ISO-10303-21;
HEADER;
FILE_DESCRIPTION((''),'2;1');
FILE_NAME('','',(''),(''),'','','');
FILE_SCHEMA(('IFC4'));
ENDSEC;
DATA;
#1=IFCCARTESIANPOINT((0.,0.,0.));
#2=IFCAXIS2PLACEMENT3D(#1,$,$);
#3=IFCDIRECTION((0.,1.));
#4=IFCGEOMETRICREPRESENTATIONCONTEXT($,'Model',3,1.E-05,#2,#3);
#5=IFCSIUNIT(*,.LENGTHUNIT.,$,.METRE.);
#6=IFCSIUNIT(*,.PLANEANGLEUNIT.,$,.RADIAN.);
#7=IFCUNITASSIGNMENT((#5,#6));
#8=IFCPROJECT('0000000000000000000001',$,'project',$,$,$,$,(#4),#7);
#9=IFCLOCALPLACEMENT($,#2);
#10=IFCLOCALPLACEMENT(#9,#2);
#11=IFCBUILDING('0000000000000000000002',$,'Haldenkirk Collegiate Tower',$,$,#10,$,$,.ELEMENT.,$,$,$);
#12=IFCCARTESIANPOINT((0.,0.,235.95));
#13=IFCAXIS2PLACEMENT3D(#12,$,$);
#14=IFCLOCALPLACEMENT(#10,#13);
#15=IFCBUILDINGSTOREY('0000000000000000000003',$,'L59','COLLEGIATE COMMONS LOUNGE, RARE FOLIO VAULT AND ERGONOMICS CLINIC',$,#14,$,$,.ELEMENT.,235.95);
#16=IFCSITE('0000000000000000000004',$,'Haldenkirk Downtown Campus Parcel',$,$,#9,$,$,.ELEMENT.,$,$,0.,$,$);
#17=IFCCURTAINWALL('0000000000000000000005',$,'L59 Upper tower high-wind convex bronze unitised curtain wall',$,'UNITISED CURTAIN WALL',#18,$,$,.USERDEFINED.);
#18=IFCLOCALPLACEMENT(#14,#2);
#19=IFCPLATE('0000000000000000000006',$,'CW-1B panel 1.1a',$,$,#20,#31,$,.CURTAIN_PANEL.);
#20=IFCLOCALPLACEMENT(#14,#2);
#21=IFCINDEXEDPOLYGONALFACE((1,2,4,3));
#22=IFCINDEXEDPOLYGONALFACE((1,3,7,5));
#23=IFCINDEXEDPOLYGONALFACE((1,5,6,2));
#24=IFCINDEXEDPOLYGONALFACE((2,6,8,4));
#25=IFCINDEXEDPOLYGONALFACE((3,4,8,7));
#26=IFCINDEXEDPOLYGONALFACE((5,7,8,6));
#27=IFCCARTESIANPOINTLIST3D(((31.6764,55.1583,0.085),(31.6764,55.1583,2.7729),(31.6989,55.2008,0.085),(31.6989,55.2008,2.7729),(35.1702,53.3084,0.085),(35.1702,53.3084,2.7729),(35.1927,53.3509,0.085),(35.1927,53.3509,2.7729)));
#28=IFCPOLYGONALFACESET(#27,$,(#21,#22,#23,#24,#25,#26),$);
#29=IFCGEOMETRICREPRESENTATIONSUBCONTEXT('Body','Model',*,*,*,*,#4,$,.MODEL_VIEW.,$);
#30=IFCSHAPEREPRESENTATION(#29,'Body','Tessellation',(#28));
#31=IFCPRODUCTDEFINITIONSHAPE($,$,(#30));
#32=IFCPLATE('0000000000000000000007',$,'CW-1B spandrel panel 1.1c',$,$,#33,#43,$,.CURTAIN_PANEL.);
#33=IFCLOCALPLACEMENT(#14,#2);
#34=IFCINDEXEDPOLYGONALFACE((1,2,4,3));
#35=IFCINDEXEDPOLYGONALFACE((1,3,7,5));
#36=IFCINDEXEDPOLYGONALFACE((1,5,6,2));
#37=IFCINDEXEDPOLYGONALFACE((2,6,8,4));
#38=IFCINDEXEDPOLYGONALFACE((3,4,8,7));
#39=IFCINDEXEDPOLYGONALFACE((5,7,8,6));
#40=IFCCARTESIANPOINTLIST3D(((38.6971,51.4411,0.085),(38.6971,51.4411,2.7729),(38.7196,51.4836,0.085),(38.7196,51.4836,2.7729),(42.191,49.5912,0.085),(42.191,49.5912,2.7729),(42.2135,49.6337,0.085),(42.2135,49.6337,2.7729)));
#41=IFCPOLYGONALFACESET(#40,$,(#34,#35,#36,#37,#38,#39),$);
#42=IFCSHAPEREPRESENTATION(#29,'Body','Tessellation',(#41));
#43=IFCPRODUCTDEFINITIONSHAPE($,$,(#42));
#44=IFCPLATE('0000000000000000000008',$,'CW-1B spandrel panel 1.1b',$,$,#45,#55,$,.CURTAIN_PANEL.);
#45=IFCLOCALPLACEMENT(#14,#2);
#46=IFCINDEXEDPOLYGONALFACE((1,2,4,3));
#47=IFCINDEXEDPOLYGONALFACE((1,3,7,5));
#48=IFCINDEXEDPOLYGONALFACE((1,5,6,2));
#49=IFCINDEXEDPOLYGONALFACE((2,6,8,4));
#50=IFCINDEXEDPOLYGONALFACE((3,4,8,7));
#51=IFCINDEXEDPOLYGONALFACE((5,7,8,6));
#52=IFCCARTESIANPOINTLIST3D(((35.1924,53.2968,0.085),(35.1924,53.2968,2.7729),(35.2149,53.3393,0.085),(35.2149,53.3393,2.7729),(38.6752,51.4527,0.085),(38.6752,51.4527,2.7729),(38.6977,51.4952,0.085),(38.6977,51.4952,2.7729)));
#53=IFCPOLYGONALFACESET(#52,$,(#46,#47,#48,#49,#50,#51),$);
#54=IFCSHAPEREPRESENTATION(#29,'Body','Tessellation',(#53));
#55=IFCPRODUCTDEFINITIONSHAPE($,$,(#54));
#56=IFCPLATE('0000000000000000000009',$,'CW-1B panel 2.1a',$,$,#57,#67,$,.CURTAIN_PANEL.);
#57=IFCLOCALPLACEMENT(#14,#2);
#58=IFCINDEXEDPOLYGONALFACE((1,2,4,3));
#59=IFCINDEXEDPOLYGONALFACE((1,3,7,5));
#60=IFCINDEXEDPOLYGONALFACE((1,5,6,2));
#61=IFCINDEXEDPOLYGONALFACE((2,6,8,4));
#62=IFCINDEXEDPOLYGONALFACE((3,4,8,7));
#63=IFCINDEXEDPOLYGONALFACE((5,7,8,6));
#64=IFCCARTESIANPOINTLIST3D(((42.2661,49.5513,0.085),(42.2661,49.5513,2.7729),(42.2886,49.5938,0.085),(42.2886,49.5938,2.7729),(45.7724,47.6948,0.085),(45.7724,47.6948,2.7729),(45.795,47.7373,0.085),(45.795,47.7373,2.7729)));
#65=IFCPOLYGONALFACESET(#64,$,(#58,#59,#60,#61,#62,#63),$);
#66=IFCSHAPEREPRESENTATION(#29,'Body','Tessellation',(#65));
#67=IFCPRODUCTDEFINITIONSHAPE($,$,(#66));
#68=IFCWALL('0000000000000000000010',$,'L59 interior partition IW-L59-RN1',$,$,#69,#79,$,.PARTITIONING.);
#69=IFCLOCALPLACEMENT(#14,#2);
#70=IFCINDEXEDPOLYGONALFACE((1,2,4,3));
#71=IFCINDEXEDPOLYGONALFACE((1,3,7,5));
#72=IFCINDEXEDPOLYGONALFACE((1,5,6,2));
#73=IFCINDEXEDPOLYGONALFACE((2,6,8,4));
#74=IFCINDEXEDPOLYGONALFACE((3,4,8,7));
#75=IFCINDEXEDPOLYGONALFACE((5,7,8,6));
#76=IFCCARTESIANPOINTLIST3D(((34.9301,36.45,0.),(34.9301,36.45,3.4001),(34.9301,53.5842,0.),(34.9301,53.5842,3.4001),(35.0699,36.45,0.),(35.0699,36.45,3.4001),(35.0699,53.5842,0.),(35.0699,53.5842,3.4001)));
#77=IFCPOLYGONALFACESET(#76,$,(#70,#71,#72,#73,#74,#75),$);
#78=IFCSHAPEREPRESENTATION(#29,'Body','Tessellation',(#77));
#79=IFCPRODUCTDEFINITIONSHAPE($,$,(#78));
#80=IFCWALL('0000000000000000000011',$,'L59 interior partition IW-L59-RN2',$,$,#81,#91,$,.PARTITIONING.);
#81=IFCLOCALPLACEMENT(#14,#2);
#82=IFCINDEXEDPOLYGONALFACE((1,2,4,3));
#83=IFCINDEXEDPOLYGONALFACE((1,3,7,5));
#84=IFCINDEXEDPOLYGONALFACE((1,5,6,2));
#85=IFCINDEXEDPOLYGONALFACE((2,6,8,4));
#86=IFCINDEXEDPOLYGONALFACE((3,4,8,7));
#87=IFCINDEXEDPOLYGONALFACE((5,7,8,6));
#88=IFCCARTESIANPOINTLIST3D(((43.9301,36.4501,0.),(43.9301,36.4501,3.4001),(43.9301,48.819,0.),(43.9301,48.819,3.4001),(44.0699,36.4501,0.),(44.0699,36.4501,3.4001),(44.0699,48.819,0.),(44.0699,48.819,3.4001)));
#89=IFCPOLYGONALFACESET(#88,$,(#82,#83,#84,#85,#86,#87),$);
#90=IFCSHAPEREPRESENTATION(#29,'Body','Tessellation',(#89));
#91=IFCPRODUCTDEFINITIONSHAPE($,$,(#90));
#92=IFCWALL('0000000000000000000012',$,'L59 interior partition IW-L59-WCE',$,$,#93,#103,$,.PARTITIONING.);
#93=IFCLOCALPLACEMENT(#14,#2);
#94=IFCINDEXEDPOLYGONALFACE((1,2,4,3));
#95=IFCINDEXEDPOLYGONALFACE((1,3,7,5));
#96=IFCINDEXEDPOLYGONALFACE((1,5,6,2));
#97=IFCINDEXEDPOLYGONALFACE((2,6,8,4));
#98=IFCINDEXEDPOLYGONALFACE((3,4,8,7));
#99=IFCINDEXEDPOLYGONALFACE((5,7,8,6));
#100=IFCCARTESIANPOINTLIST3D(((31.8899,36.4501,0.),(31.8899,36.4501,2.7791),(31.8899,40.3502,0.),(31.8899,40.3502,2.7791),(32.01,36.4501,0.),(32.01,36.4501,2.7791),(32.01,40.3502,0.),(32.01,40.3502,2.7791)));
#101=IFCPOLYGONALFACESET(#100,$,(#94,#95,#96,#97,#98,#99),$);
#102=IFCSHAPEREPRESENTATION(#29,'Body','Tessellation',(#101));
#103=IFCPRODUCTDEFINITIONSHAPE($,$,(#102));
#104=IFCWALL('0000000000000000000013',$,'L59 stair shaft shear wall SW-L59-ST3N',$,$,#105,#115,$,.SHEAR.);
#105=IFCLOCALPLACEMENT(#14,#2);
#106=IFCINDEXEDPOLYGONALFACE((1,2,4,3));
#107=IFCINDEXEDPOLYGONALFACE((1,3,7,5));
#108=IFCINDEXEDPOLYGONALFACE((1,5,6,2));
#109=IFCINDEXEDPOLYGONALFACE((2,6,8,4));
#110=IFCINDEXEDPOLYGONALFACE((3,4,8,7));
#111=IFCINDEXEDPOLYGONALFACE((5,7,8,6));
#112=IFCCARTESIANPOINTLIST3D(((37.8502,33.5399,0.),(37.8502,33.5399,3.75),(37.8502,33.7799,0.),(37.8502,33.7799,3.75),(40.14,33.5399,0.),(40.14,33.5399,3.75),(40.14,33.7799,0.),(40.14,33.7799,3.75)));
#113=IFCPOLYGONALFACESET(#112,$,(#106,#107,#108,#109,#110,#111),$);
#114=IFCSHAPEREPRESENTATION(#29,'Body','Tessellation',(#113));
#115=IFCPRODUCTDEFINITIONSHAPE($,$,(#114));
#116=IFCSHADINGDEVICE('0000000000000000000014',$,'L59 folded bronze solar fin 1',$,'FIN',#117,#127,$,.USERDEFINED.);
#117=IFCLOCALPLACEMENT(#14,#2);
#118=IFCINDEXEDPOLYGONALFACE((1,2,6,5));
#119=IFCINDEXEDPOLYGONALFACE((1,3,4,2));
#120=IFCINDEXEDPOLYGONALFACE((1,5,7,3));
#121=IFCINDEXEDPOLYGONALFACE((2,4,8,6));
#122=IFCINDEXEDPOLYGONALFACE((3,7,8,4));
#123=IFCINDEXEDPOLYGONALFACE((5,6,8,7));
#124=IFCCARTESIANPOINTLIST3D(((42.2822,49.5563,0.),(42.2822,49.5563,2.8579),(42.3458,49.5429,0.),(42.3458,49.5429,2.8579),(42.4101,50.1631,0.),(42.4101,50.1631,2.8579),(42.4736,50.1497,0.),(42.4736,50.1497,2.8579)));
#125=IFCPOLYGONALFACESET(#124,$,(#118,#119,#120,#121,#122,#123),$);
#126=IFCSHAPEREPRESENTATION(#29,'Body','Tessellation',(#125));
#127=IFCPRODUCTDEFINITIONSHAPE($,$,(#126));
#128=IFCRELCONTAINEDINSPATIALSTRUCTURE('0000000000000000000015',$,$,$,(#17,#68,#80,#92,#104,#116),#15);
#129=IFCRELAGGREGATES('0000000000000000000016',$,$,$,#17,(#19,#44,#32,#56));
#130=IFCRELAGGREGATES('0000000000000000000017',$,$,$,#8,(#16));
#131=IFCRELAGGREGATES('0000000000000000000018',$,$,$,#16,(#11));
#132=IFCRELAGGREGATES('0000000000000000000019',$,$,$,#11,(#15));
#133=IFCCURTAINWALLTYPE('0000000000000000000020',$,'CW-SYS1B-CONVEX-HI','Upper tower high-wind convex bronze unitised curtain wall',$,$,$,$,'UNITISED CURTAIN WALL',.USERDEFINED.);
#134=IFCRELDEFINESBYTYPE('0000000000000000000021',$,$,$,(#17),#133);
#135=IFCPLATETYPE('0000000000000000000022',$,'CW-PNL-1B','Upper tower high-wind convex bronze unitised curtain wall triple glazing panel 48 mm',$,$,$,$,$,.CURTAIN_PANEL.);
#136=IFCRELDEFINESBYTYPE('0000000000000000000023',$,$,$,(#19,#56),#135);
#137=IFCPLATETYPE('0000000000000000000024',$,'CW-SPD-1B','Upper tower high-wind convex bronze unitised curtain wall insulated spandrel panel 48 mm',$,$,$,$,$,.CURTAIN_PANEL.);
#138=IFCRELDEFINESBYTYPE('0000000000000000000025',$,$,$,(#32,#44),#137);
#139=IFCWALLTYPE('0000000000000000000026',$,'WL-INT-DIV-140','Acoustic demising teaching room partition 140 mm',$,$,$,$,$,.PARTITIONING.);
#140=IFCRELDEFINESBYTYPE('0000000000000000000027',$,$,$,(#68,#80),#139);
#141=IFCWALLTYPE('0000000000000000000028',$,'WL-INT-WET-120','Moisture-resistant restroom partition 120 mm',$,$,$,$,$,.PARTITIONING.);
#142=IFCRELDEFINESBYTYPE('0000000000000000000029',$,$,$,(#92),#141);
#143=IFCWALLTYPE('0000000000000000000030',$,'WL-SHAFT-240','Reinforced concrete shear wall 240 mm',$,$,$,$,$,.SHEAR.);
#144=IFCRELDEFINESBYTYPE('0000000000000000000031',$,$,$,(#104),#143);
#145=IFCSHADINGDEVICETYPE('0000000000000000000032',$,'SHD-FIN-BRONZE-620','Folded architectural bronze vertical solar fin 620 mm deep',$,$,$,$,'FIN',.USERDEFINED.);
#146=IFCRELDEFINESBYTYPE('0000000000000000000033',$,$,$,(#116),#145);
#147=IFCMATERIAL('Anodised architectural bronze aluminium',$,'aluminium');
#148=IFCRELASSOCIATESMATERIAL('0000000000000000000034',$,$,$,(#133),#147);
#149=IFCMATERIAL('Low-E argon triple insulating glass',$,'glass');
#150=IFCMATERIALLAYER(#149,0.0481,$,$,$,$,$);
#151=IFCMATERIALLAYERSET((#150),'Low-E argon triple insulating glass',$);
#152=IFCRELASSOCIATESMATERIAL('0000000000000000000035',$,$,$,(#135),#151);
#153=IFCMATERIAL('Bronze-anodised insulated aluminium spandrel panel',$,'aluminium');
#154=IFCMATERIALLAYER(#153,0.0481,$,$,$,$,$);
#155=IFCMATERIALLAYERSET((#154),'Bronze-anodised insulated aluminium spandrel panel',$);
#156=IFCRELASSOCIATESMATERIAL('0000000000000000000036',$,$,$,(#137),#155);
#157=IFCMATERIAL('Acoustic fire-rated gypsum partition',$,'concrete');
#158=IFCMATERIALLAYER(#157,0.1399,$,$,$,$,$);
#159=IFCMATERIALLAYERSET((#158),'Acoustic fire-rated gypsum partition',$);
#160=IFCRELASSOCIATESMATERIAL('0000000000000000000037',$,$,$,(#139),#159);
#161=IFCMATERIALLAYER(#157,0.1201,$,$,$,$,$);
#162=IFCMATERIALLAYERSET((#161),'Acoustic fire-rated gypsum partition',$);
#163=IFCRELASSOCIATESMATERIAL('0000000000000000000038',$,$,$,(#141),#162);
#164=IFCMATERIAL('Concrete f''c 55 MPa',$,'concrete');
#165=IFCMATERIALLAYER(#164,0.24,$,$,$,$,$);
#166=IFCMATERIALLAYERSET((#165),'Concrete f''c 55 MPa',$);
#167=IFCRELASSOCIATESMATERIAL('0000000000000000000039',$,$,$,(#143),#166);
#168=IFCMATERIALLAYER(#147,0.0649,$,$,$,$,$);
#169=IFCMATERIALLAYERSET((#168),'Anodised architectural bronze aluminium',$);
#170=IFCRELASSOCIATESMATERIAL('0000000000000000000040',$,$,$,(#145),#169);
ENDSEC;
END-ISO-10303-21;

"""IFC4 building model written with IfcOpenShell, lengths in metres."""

from ifc_helpers import new_model, si_unit, direction, frame, frame_2d, origin, origin_2d, place, context, subcontext, project, spatial, rectangle, extrude, source, transform, mapped, material, layer, layer_set, type_object, element, aggregate, save


model = new_model("IFC4")

# Units and contexts
model_context = context("Model", 3, precision=1e-05, world=origin(), true_north=direction((0.0, 1.0)))
body_context = subcontext(model_context, "Body", "Model", "MODEL_VIEW")
ifc_project = project(units=[si_unit("LENGTHUNIT", "METRE"), si_unit("PLANEANGLEUNIT", "RADIAN")], contexts=[model_context])

# Site, building, storey
site_placement = place(None, origin())
site = spatial("IfcSite", under=ifc_project, at=site_placement, Name="Haldenkirk Downtown Campus Parcel", CompositionType="ELEMENT", RefElevation=0.0)
building_placement = place(site_placement, origin())
building = spatial("IfcBuilding", under=site, at=building_placement, Name="Haldenkirk Collegiate Tower", CompositionType="ELEMENT")
storey_placement = place(building_placement, frame((0.0, 0.0, 235.95)))
storey = spatial("IfcBuildingStorey", under=building, at=storey_placement, Name="L59", Description="COLLEGIATE COMMONS LOUNGE, RARE FOLIO VAULT AND ERGONOMICS CLINIC", CompositionType="ELEMENT", Elevation=235.95)

# Curtain wall
ifc_material_1 = material(Name="Anodised architectural bronze aluminium", Category="aluminium")
curtain_wall_type = type_object("IfcCurtainWallType", Name="CW-SYS1B-CONVEX-HI", Description="Upper tower high-wind convex bronze unitised curtain wall", ElementType="UNITISED CURTAIN WALL", PredefinedType="USERDEFINED", material=ifc_material_1)
curtain_wall_placement = place(storey_placement, origin())
curtain_wall = element("IfcCurtainWall", 1, at=curtain_wall_placement, inside=storey, type_object=curtain_wall_type, Name="L59 Upper tower high-wind convex bronze unitised curtain wall", ObjectType="UNITISED CURTAIN WALL", PredefinedType="USERDEFINED")

# Plates
ifc_material_2 = material(Name="Low-E argon triple insulating glass", Category="glass")
ifc_layer_1 = layer(ifc_material_2, 0.0481)
ifc_layer_set_1 = layer_set([ifc_layer_1], Name="Low-E argon triple insulating glass")
plate_type_1 = type_object("IfcPlateType", Name="CW-PNL-1B", Description="Upper tower high-wind convex bronze unitised curtain wall triple glazing panel 48 mm", PredefinedType="CURTAIN_PANEL", material=ifc_layer_set_1)
shared_shape_1 = source(origin(), body_context, "Body", "SweptSolid", [
    extrude(rectangle(XDim=3.9534, YDim=0.0481, at=origin_2d()), origin(), (0.0, 0.0, 1.0), 2.688),
])
plate_1_placement = place(storey_placement, frame((33.4346, 54.2546, 0.085), z_axis=(0.0, 0.0, 1.0), x_axis=(0.883766, -0.46793, 0.0)))
plate_1 = element("IfcPlate", 2, at=plate_1_placement, type_object=plate_type_1, Name="CW-1B panel 1.1a", PredefinedType="CURTAIN_PANEL", context=body_context, shape_type="MappedRepresentation", body=[
    mapped(shared_shape_1, transform((0.0, 0.0, 0.0), x_axis=(1.0, 0.0, 0.0), y_axis=(0.0, 1.0, 0.0), z_axis=(0.0, 0.0, 1.0), scale=1.0)),
])
ifc_material_3 = material(Name="Bronze-anodised insulated aluminium spandrel panel", Category="aluminium")
ifc_layer_2 = layer(ifc_material_3, 0.0481)
ifc_layer_set_2 = layer_set([ifc_layer_2], Name="Bronze-anodised insulated aluminium spandrel panel")
plate_type_2 = type_object("IfcPlateType", Name="CW-SPD-1B", Description="Upper tower high-wind convex bronze unitised curtain wall insulated spandrel panel 48 mm", PredefinedType="CURTAIN_PANEL", material=ifc_layer_set_2)
plate_2_placement = place(storey_placement, frame((40.4553, 50.5374, 0.085), z_axis=(0.0, 0.0, 1.0), x_axis=(0.883766, -0.46793, 0.0)))
plate_2 = element("IfcPlate", 3, at=plate_2_placement, type_object=plate_type_2, Name="CW-1B spandrel panel 1.1c", PredefinedType="CURTAIN_PANEL", context=body_context, shape_type="MappedRepresentation", body=[
    mapped(shared_shape_1, transform((0.0, 0.0, 0.0), x_axis=(1.0, 0.0, 0.0), y_axis=(0.0, 1.0, 0.0), z_axis=(0.0, 0.0, 1.0), scale=1.0)),
])
shared_shape_2 = source(origin(), body_context, "Body", "SweptSolid", [
    extrude(rectangle(XDim=3.9409, YDim=0.0481, at=origin_2d()), origin(), (0.0, 0.0, 1.0), 2.688),
])
plate_3_placement = place(storey_placement, frame((36.9451, 52.396, 0.085), z_axis=(0.0, 0.0, 1.0), x_axis=(0.883766, -0.46793, 0.0)))
plate_3 = element("IfcPlate", 4, at=plate_3_placement, type_object=plate_type_2, Name="CW-1B spandrel panel 1.1b", PredefinedType="CURTAIN_PANEL", context=body_context, shape_type="MappedRepresentation", body=[
    mapped(shared_shape_2, transform((0.0, 0.0, 0.0), x_axis=(1.0, 0.0, 0.0), y_axis=(0.0, 1.0, 0.0), z_axis=(0.0, 0.0, 1.0), scale=1.0)),
])
shared_shape_3 = source(origin(), body_context, "Body", "SweptSolid", [
    extrude(rectangle(XDim=3.9675, YDim=0.0481, at=origin_2d()), origin(), (0.0, 0.0, 1.0), 2.688),
])
plate_4_placement = place(storey_placement, frame((44.0305, 48.6443, 0.085), z_axis=(0.0, 0.0, 1.0), x_axis=(0.883766, -0.46793, 0.0)))
plate_4 = element("IfcPlate", 5, at=plate_4_placement, type_object=plate_type_1, Name="CW-1B panel 2.1a", PredefinedType="CURTAIN_PANEL", context=body_context, shape_type="MappedRepresentation", body=[
    mapped(shared_shape_3, transform((0.0, 0.0, 0.0), x_axis=(1.0, 0.0, 0.0), y_axis=(0.0, 1.0, 0.0), z_axis=(0.0, 0.0, 1.0), scale=1.0)),
])
aggregate(curtain_wall, [plate_1, plate_3, plate_2, plate_4])

# Walls
ifc_material_4 = material(Name="Acoustic fire-rated gypsum partition", Category="concrete")
ifc_layer_3 = layer(ifc_material_4, 0.1399)
ifc_layer_set_3 = layer_set([ifc_layer_3], Name="Acoustic fire-rated gypsum partition")
wall_type_1 = type_object("IfcWallType", Name="WL-INT-DIV-140", Description="Acoustic demising teaching room partition 140 mm", PredefinedType="PARTITIONING", material=ifc_layer_set_3)
wall_1_placement = place(storey_placement, frame((35.0, 36.45, 0.0), z_axis=(0.0, 0.0, 1.0), x_axis=(0.0, 1.0, 0.0)))
element("IfcWall", 6, at=wall_1_placement, inside=storey, type_object=wall_type_1, Name="L59 interior partition IW-L59-RN1", PredefinedType="PARTITIONING", context=body_context, shape_type="SweptSolid", body=[
    extrude(rectangle(XDim=17.1343, YDim=0.1399, at=frame_2d((8.5671, 0.0))), origin(), (0.0, 0.0, 1.0), 3.4001),
])
wall_2_placement = place(storey_placement, frame((44.0, 36.45, 0.0), z_axis=(0.0, 0.0, 1.0), x_axis=(0.0, 1.0, 0.0)))
element("IfcWall", 7, at=wall_2_placement, inside=storey, type_object=wall_type_1, Name="L59 interior partition IW-L59-RN2", PredefinedType="PARTITIONING", context=body_context, shape_type="SweptSolid", body=[
    extrude(rectangle(XDim=12.3689, YDim=0.1399, at=frame_2d((6.1846, 0.0))), origin(), (0.0, 0.0, 1.0), 3.4001),
])
ifc_layer_4 = layer(ifc_material_4, 0.1201)
ifc_layer_set_4 = layer_set([ifc_layer_4], Name="Acoustic fire-rated gypsum partition")
wall_type_2 = type_object("IfcWallType", Name="WL-INT-WET-120", Description="Moisture-resistant restroom partition 120 mm", PredefinedType="PARTITIONING", material=ifc_layer_set_4)
wall_3_placement = place(storey_placement, frame((31.95, 36.45, 0.0), z_axis=(0.0, 0.0, 1.0), x_axis=(0.0, 1.0, 0.0)))
element("IfcWall", 8, at=wall_3_placement, inside=storey, type_object=wall_type_2, Name="L59 interior partition IW-L59-WCE", PredefinedType="PARTITIONING", context=body_context, shape_type="SweptSolid", body=[
    extrude(rectangle(XDim=3.9001, YDim=0.1201, at=frame_2d((1.9502, 0.0))), origin(), (0.0, 0.0, 1.0), 2.7791),
])
ifc_material_5 = material(Name="Concrete f'c 55 MPa", Category="concrete")
ifc_layer_5 = layer(ifc_material_5, 0.24)
ifc_layer_set_5 = layer_set([ifc_layer_5], Name="Concrete f'c 55 MPa")
wall_type_3 = type_object("IfcWallType", Name="WL-SHAFT-240", Description="Reinforced concrete shear wall 240 mm", PredefinedType="SHEAR", material=ifc_layer_set_5)
wall_4_placement = place(storey_placement, frame((37.8501, 33.6599, 0.0), z_axis=(0.0, 0.0, 1.0), x_axis=(1.0, 0.0, 0.0)))
element("IfcWall", 9, at=wall_4_placement, inside=storey, type_object=wall_type_3, Name="L59 stair shaft shear wall SW-L59-ST3N", PredefinedType="SHEAR", context=body_context, shape_type="SweptSolid", body=[
    extrude(rectangle(XDim=2.2898, YDim=0.24, at=frame_2d((1.145, 0.0))), origin(), (0.0, 0.0, 1.0), 3.75),
])

# Shading device
ifc_layer_6 = layer(ifc_material_1, 0.0649)
ifc_layer_set_6 = layer_set([ifc_layer_6], Name="Anodised architectural bronze aluminium")
shading_device_type = type_object("IfcShadingDeviceType", Name="SHD-FIN-BRONZE-620", Description="Folded architectural bronze vertical solar fin 620 mm deep", ElementType="FIN", PredefinedType="USERDEFINED", material=ifc_layer_set_6)
shared_shape_4 = source(origin(), body_context, "Body", "SweptSolid", [
    extrude(rectangle(XDim=0.6201, YDim=0.0649, at=origin_2d()), origin(), (0.0, 0.0, 1.0), 2.8579),
])
shading_device_placement = place(storey_placement, frame((42.3779, 49.853, 0.0), z_axis=(0.0, 0.0, 1.0), x_axis=(0.206204, 0.978509, 0.0)))
element("IfcShadingDevice", 10, at=shading_device_placement, inside=storey, type_object=shading_device_type, Name="L59 folded bronze solar fin 1", ObjectType="FIN", PredefinedType="USERDEFINED", context=body_context, shape_type="MappedRepresentation", body=[
    mapped(shared_shape_4, transform((0.0, 0.0, 0.0), x_axis=(1.0, 0.0, 0.0), y_axis=(0.0, 1.0, 0.0), z_axis=(0.0, 0.0, 1.0), scale=1.0)),
])

save(model, "model.ifc")
